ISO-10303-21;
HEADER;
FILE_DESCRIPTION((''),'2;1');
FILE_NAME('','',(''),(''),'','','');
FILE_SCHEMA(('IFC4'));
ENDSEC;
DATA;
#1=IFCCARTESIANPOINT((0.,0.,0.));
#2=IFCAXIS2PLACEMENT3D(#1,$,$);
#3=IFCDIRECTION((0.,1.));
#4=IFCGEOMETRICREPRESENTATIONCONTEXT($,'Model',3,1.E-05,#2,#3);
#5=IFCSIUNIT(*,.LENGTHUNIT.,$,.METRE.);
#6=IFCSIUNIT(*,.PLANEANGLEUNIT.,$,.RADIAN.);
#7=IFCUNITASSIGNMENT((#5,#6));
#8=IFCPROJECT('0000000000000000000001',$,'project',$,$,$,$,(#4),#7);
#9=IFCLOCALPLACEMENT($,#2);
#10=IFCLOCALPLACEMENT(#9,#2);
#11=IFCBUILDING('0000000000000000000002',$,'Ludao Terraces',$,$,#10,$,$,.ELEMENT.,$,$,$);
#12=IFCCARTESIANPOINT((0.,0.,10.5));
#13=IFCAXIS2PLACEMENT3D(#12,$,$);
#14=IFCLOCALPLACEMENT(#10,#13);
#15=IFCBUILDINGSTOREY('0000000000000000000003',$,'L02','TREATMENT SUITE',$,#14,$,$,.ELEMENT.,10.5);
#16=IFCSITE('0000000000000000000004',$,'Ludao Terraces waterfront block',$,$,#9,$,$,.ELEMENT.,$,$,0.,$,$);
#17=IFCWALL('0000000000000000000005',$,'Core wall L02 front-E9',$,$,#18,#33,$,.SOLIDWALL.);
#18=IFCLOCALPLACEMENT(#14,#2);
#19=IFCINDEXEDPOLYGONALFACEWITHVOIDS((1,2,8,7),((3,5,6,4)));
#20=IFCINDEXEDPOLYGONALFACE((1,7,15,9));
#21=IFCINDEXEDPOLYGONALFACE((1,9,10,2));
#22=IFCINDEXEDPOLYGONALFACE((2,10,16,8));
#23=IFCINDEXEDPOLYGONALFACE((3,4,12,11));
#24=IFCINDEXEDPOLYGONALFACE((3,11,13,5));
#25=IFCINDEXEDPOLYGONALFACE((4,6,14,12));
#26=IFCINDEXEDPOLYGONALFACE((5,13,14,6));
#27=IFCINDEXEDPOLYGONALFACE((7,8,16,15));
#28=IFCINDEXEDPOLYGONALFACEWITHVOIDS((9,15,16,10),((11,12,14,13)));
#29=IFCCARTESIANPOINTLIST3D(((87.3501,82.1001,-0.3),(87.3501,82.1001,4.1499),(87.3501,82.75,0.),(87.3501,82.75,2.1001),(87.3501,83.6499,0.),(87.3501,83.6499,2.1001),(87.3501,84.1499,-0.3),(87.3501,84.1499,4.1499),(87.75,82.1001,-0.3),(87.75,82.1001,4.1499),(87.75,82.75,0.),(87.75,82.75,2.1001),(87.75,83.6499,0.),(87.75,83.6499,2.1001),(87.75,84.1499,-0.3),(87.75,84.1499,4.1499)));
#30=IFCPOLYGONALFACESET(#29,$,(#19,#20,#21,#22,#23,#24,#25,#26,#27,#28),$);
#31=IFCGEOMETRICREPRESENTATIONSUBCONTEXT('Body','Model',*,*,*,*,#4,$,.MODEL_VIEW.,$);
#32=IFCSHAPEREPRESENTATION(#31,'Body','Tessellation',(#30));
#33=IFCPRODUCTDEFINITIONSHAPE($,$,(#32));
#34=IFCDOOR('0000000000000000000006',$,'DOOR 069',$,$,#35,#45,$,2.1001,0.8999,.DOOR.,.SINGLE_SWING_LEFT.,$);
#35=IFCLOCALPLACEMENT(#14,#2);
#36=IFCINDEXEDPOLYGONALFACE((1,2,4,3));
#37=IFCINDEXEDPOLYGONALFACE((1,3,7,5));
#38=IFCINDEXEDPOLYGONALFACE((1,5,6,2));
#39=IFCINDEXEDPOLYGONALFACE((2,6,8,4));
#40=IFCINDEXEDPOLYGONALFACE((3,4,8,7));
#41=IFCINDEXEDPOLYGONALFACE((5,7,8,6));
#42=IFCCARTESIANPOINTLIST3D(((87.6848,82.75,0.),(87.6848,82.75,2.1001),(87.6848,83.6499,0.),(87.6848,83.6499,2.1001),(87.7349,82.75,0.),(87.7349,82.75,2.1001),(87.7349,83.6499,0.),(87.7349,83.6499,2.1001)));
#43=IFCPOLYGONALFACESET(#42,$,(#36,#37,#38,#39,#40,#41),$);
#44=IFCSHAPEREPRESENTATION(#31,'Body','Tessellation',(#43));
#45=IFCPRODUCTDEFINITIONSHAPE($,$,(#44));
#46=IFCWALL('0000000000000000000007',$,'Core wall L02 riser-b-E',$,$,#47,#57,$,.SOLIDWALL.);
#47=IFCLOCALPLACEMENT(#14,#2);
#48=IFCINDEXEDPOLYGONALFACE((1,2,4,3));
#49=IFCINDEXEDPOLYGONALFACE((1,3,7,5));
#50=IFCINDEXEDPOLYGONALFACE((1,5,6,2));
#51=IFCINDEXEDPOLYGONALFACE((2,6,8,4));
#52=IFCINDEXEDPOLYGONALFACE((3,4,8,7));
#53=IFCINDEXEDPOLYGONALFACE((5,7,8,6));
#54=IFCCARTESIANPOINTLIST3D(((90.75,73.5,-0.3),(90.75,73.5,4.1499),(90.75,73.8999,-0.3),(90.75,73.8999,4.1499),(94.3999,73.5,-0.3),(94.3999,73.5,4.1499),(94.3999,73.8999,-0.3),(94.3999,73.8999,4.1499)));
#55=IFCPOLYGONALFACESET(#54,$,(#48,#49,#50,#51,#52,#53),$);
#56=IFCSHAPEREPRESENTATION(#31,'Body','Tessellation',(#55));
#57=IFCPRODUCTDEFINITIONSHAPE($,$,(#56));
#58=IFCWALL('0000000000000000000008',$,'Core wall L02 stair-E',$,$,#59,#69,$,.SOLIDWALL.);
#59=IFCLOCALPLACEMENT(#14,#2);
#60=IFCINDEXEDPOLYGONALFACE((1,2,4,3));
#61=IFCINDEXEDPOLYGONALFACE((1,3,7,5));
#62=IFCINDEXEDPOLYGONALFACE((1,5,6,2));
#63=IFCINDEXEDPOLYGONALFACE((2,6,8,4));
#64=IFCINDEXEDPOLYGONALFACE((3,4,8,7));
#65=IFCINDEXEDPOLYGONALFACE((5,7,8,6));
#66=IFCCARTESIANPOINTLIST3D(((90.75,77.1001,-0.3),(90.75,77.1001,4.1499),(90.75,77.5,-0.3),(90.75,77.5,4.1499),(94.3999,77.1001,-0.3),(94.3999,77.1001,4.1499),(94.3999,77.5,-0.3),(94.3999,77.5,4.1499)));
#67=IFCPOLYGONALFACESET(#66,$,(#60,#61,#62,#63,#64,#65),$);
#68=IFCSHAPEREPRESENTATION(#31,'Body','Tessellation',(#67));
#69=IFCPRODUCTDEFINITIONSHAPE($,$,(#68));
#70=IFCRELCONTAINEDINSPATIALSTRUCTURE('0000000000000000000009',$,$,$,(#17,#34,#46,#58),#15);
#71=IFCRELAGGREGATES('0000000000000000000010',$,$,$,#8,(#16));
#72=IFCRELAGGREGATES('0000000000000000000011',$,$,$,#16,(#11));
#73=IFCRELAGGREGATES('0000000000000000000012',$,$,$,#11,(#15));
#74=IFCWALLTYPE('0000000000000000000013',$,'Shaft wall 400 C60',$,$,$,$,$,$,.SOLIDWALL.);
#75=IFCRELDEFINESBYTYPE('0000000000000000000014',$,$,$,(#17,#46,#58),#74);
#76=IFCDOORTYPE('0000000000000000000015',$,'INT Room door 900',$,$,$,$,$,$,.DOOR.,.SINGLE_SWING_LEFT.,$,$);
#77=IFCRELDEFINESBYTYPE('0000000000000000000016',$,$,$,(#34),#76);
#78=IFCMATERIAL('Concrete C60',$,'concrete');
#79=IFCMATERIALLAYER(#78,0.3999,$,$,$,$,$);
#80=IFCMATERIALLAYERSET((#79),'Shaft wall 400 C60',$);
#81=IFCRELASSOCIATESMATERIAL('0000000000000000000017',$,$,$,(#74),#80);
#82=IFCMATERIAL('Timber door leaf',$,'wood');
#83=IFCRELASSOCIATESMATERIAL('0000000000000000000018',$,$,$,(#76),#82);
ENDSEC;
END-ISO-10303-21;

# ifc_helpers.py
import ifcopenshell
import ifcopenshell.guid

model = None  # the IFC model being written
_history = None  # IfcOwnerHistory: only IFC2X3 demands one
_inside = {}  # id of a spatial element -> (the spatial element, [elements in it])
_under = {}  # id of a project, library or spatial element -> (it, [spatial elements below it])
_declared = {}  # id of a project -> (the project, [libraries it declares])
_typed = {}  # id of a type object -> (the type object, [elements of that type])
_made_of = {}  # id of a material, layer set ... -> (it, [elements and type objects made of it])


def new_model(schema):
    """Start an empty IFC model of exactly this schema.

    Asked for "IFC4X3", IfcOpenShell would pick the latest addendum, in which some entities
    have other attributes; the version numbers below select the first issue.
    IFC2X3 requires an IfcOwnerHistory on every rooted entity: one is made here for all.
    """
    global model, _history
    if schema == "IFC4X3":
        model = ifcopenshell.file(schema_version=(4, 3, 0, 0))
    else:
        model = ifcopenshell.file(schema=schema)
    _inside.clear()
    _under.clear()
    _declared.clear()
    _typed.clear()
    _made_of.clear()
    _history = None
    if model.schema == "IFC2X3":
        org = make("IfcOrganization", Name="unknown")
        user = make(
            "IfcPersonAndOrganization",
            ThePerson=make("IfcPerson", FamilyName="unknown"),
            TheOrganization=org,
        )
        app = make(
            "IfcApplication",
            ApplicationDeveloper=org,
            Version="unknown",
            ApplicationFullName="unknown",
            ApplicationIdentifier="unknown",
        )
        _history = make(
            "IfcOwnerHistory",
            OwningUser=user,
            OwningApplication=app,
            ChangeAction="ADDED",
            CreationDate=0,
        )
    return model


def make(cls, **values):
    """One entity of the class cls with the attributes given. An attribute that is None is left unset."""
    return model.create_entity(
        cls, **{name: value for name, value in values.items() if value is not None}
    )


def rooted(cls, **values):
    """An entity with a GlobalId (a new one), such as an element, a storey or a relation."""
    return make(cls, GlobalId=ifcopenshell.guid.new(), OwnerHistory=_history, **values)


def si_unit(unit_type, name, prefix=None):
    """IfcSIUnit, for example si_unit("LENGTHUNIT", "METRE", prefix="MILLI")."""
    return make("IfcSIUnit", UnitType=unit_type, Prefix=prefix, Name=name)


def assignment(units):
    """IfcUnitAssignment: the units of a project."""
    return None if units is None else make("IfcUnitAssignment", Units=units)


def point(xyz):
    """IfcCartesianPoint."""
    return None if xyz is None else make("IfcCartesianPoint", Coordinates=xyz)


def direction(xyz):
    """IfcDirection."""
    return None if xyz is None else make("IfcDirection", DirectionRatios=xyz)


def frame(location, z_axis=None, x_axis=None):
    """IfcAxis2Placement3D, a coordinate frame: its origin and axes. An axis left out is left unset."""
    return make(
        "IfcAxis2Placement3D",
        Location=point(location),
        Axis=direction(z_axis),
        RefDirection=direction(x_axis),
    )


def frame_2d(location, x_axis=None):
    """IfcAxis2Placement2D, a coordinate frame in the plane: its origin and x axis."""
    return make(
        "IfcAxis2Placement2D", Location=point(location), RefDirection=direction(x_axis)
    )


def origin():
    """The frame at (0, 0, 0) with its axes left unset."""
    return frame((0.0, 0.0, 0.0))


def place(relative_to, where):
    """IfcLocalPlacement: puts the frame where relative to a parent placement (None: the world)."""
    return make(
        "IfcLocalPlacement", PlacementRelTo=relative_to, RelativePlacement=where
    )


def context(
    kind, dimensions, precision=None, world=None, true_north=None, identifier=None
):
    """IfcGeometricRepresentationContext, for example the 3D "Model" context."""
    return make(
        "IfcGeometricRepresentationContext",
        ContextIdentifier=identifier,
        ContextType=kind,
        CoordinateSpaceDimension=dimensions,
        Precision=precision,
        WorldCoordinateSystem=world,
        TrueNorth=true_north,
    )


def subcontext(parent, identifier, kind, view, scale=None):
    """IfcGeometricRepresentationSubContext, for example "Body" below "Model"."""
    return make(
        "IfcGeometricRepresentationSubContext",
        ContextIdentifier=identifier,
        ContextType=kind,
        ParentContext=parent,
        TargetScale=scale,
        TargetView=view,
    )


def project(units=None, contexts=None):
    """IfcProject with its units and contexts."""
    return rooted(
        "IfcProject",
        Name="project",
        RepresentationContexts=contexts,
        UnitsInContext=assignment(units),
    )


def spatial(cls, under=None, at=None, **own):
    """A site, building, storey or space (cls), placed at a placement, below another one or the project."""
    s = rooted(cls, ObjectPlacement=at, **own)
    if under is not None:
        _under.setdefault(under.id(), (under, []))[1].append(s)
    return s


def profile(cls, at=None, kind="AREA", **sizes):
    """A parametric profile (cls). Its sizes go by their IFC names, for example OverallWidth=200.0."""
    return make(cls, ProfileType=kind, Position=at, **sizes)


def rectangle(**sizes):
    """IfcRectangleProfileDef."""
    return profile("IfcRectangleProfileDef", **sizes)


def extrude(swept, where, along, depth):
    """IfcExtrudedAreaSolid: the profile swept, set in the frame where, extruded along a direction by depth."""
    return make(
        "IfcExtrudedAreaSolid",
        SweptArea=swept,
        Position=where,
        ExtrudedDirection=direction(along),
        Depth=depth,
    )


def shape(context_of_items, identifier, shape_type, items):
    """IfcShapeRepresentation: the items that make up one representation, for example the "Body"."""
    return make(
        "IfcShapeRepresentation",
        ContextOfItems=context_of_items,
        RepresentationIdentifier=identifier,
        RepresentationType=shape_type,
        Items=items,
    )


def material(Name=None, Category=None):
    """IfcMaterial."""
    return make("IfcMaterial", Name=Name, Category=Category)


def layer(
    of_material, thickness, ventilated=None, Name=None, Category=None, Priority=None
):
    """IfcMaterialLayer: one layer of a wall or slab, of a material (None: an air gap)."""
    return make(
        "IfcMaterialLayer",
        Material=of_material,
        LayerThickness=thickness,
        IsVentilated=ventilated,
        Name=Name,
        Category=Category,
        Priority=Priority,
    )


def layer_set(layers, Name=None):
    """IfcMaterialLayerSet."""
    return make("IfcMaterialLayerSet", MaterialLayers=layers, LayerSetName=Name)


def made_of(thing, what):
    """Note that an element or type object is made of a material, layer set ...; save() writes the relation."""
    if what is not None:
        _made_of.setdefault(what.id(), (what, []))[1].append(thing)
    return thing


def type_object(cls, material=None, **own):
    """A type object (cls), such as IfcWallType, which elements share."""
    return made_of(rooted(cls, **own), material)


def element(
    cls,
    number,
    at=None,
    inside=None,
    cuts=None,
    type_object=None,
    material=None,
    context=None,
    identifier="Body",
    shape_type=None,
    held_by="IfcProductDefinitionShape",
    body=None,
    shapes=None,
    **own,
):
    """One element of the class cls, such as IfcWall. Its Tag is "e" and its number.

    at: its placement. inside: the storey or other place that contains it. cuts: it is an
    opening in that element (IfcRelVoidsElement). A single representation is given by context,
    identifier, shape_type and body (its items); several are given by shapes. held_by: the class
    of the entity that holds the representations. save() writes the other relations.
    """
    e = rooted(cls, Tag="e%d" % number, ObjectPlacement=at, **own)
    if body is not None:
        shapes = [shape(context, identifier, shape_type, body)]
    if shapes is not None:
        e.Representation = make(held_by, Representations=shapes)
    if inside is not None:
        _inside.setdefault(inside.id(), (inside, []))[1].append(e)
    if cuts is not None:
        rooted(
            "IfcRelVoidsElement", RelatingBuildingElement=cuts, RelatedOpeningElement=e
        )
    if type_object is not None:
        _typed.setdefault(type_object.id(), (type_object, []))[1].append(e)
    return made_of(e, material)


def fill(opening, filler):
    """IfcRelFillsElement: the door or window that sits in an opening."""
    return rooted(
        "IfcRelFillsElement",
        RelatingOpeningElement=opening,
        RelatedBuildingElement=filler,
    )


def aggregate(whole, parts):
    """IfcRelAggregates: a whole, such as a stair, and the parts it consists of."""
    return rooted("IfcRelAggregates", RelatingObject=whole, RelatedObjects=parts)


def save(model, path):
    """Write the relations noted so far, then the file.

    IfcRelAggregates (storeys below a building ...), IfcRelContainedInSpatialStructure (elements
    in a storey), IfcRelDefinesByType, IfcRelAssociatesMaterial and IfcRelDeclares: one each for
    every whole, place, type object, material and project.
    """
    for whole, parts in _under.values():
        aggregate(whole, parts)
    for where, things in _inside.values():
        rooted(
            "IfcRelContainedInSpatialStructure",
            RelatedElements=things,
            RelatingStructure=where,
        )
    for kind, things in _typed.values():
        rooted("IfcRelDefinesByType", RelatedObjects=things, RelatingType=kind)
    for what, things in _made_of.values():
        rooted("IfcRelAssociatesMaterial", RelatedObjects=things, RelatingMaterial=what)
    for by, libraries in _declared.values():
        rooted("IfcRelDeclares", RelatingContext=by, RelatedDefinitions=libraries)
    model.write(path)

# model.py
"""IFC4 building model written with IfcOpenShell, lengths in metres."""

from ifc_helpers import new_model, si_unit, direction, frame, frame_2d, origin, place, context, subcontext, project, spatial, rectangle, extrude, material, layer, layer_set, type_object, element, fill, save


model = new_model("IFC4")

# Units and contexts
model_context = context("Model", 3, precision=1e-05, world=origin(), true_north=direction((0.0, 1.0)))
body_context = subcontext(model_context, "Body", "Model", "MODEL_VIEW")
ifc_project = project(units=[si_unit("LENGTHUNIT", "METRE"), si_unit("PLANEANGLEUNIT", "RADIAN")], contexts=[model_context])

# Site, building, storey
site_placement = place(None, origin())
site = spatial("IfcSite", under=ifc_project, at=site_placement, Name="Ludao Terraces waterfront block", CompositionType="ELEMENT", RefElevation=0.0)
building_placement = place(site_placement, origin())
building = spatial("IfcBuilding", under=site, at=building_placement, Name="Ludao Terraces", CompositionType="ELEMENT")
storey_placement = place(building_placement, frame((0.0, 0.0, 10.5)))
storey = spatial("IfcBuildingStorey", under=building, at=storey_placement, Name="L02", Description="TREATMENT SUITE", CompositionType="ELEMENT", Elevation=10.5)

# Shared definitions
ifc_material_1 = material(Name="Concrete C60", Category="concrete")

# Shared definitions
ifc_layer_1 = layer(ifc_material_1, 0.3999)
ifc_layer_set_1 = layer_set([ifc_layer_1], Name="Shaft wall 400 C60")
wall_type_1 = type_object("IfcWallType", Name="Shaft wall 400 C60", PredefinedType="SOLIDWALL", material=ifc_layer_set_1)

# Shared definitions
ifc_material_2 = material(Name="Timber door leaf", Category="wood")
door_type_1 = type_object("IfcDoorType", Name="INT Room door 900", OperationType="SINGLE_SWING_LEFT", PredefinedType="DOOR", material=ifc_material_2)

# Wall, opening, door
wall_1_placement = place(storey_placement, frame((87.55, 82.1001, -0.3), z_axis=(0.0, 0.0, 1.0), x_axis=(0.0, 1.0, 0.0)))
wall_1 = element("IfcWall", 1, at=wall_1_placement, inside=storey, type_object=wall_type_1, Name="Core wall L02 front-E9", PredefinedType="SOLIDWALL", context=body_context, shape_type="SweptSolid", body=[
    extrude(rectangle(XDim=2.0498, YDim=0.3999, at=frame_2d((1.0249, 0.0))), origin(), (0.0, 0.0, 1.0), 4.45),
])
opening_1_placement = place(wall_1_placement, frame((0.6499, 0.0, 0.3)))
opening_1 = element("IfcOpeningElement", 2, at=opening_1_placement, cuts=wall_1, PredefinedType="OPENING", context=body_context, shape_type="SweptSolid", body=[
    extrude(rectangle(XDim=0.8999, YDim=2.1001, at=frame_2d((0.45, 1.05))), frame((0.0, 0.21, 0.0), z_axis=(0.0, -1.0, 0.0), x_axis=(1.0, 0.0, 0.0)), (0.0, 0.0, 1.0), 0.4199),
])
door_1_placement = place(opening_1_placement, origin())
door_1 = element("IfcDoor", 3, at=door_1_placement, inside=storey, type_object=door_type_1, Name="DOOR 069", OperationType="SINGLE_SWING_LEFT", OverallHeight=2.1001, OverallWidth=0.8999, PredefinedType="DOOR", context=body_context, shape_type="SweptSolid", body=[
    extrude(rectangle(XDim=0.8999, YDim=2.1001, at=frame_2d((0.45, 1.05))), frame((0.0, -0.1348, 0.0), z_axis=(0.0, -1.0, 0.0), x_axis=(1.0, 0.0, 0.0)), (0.0, 0.0, 1.0), 0.05),
])
fill(opening_1, door_1)

# Walls
for number, where, z_axis, x_axis, name in (
    (4, (90.75, 73.7, -0.3), (0.0, 0.0, 1.0), (1.0, 0.0, 0.0), "Core wall L02 riser-b-E"),
    (5, (90.75, 77.3, -0.3), (0.0, 0.0, 1.0), (1.0, 0.0, 0.0), "Core wall L02 stair-E"),
):
    element("IfcWall", number, at=place(storey_placement, frame(where, z_axis=z_axis, x_axis=x_axis)), inside=storey, type_object=wall_type_1, Name=name, PredefinedType="SOLIDWALL", context=body_context, shape_type="SweptSolid", body=[
        extrude(rectangle(XDim=3.6499, YDim=0.3999, at=frame_2d((1.825, 0.0))), origin(), (0.0, 0.0, 1.0), 4.45),
    ])

save(model, "model.ifc")
